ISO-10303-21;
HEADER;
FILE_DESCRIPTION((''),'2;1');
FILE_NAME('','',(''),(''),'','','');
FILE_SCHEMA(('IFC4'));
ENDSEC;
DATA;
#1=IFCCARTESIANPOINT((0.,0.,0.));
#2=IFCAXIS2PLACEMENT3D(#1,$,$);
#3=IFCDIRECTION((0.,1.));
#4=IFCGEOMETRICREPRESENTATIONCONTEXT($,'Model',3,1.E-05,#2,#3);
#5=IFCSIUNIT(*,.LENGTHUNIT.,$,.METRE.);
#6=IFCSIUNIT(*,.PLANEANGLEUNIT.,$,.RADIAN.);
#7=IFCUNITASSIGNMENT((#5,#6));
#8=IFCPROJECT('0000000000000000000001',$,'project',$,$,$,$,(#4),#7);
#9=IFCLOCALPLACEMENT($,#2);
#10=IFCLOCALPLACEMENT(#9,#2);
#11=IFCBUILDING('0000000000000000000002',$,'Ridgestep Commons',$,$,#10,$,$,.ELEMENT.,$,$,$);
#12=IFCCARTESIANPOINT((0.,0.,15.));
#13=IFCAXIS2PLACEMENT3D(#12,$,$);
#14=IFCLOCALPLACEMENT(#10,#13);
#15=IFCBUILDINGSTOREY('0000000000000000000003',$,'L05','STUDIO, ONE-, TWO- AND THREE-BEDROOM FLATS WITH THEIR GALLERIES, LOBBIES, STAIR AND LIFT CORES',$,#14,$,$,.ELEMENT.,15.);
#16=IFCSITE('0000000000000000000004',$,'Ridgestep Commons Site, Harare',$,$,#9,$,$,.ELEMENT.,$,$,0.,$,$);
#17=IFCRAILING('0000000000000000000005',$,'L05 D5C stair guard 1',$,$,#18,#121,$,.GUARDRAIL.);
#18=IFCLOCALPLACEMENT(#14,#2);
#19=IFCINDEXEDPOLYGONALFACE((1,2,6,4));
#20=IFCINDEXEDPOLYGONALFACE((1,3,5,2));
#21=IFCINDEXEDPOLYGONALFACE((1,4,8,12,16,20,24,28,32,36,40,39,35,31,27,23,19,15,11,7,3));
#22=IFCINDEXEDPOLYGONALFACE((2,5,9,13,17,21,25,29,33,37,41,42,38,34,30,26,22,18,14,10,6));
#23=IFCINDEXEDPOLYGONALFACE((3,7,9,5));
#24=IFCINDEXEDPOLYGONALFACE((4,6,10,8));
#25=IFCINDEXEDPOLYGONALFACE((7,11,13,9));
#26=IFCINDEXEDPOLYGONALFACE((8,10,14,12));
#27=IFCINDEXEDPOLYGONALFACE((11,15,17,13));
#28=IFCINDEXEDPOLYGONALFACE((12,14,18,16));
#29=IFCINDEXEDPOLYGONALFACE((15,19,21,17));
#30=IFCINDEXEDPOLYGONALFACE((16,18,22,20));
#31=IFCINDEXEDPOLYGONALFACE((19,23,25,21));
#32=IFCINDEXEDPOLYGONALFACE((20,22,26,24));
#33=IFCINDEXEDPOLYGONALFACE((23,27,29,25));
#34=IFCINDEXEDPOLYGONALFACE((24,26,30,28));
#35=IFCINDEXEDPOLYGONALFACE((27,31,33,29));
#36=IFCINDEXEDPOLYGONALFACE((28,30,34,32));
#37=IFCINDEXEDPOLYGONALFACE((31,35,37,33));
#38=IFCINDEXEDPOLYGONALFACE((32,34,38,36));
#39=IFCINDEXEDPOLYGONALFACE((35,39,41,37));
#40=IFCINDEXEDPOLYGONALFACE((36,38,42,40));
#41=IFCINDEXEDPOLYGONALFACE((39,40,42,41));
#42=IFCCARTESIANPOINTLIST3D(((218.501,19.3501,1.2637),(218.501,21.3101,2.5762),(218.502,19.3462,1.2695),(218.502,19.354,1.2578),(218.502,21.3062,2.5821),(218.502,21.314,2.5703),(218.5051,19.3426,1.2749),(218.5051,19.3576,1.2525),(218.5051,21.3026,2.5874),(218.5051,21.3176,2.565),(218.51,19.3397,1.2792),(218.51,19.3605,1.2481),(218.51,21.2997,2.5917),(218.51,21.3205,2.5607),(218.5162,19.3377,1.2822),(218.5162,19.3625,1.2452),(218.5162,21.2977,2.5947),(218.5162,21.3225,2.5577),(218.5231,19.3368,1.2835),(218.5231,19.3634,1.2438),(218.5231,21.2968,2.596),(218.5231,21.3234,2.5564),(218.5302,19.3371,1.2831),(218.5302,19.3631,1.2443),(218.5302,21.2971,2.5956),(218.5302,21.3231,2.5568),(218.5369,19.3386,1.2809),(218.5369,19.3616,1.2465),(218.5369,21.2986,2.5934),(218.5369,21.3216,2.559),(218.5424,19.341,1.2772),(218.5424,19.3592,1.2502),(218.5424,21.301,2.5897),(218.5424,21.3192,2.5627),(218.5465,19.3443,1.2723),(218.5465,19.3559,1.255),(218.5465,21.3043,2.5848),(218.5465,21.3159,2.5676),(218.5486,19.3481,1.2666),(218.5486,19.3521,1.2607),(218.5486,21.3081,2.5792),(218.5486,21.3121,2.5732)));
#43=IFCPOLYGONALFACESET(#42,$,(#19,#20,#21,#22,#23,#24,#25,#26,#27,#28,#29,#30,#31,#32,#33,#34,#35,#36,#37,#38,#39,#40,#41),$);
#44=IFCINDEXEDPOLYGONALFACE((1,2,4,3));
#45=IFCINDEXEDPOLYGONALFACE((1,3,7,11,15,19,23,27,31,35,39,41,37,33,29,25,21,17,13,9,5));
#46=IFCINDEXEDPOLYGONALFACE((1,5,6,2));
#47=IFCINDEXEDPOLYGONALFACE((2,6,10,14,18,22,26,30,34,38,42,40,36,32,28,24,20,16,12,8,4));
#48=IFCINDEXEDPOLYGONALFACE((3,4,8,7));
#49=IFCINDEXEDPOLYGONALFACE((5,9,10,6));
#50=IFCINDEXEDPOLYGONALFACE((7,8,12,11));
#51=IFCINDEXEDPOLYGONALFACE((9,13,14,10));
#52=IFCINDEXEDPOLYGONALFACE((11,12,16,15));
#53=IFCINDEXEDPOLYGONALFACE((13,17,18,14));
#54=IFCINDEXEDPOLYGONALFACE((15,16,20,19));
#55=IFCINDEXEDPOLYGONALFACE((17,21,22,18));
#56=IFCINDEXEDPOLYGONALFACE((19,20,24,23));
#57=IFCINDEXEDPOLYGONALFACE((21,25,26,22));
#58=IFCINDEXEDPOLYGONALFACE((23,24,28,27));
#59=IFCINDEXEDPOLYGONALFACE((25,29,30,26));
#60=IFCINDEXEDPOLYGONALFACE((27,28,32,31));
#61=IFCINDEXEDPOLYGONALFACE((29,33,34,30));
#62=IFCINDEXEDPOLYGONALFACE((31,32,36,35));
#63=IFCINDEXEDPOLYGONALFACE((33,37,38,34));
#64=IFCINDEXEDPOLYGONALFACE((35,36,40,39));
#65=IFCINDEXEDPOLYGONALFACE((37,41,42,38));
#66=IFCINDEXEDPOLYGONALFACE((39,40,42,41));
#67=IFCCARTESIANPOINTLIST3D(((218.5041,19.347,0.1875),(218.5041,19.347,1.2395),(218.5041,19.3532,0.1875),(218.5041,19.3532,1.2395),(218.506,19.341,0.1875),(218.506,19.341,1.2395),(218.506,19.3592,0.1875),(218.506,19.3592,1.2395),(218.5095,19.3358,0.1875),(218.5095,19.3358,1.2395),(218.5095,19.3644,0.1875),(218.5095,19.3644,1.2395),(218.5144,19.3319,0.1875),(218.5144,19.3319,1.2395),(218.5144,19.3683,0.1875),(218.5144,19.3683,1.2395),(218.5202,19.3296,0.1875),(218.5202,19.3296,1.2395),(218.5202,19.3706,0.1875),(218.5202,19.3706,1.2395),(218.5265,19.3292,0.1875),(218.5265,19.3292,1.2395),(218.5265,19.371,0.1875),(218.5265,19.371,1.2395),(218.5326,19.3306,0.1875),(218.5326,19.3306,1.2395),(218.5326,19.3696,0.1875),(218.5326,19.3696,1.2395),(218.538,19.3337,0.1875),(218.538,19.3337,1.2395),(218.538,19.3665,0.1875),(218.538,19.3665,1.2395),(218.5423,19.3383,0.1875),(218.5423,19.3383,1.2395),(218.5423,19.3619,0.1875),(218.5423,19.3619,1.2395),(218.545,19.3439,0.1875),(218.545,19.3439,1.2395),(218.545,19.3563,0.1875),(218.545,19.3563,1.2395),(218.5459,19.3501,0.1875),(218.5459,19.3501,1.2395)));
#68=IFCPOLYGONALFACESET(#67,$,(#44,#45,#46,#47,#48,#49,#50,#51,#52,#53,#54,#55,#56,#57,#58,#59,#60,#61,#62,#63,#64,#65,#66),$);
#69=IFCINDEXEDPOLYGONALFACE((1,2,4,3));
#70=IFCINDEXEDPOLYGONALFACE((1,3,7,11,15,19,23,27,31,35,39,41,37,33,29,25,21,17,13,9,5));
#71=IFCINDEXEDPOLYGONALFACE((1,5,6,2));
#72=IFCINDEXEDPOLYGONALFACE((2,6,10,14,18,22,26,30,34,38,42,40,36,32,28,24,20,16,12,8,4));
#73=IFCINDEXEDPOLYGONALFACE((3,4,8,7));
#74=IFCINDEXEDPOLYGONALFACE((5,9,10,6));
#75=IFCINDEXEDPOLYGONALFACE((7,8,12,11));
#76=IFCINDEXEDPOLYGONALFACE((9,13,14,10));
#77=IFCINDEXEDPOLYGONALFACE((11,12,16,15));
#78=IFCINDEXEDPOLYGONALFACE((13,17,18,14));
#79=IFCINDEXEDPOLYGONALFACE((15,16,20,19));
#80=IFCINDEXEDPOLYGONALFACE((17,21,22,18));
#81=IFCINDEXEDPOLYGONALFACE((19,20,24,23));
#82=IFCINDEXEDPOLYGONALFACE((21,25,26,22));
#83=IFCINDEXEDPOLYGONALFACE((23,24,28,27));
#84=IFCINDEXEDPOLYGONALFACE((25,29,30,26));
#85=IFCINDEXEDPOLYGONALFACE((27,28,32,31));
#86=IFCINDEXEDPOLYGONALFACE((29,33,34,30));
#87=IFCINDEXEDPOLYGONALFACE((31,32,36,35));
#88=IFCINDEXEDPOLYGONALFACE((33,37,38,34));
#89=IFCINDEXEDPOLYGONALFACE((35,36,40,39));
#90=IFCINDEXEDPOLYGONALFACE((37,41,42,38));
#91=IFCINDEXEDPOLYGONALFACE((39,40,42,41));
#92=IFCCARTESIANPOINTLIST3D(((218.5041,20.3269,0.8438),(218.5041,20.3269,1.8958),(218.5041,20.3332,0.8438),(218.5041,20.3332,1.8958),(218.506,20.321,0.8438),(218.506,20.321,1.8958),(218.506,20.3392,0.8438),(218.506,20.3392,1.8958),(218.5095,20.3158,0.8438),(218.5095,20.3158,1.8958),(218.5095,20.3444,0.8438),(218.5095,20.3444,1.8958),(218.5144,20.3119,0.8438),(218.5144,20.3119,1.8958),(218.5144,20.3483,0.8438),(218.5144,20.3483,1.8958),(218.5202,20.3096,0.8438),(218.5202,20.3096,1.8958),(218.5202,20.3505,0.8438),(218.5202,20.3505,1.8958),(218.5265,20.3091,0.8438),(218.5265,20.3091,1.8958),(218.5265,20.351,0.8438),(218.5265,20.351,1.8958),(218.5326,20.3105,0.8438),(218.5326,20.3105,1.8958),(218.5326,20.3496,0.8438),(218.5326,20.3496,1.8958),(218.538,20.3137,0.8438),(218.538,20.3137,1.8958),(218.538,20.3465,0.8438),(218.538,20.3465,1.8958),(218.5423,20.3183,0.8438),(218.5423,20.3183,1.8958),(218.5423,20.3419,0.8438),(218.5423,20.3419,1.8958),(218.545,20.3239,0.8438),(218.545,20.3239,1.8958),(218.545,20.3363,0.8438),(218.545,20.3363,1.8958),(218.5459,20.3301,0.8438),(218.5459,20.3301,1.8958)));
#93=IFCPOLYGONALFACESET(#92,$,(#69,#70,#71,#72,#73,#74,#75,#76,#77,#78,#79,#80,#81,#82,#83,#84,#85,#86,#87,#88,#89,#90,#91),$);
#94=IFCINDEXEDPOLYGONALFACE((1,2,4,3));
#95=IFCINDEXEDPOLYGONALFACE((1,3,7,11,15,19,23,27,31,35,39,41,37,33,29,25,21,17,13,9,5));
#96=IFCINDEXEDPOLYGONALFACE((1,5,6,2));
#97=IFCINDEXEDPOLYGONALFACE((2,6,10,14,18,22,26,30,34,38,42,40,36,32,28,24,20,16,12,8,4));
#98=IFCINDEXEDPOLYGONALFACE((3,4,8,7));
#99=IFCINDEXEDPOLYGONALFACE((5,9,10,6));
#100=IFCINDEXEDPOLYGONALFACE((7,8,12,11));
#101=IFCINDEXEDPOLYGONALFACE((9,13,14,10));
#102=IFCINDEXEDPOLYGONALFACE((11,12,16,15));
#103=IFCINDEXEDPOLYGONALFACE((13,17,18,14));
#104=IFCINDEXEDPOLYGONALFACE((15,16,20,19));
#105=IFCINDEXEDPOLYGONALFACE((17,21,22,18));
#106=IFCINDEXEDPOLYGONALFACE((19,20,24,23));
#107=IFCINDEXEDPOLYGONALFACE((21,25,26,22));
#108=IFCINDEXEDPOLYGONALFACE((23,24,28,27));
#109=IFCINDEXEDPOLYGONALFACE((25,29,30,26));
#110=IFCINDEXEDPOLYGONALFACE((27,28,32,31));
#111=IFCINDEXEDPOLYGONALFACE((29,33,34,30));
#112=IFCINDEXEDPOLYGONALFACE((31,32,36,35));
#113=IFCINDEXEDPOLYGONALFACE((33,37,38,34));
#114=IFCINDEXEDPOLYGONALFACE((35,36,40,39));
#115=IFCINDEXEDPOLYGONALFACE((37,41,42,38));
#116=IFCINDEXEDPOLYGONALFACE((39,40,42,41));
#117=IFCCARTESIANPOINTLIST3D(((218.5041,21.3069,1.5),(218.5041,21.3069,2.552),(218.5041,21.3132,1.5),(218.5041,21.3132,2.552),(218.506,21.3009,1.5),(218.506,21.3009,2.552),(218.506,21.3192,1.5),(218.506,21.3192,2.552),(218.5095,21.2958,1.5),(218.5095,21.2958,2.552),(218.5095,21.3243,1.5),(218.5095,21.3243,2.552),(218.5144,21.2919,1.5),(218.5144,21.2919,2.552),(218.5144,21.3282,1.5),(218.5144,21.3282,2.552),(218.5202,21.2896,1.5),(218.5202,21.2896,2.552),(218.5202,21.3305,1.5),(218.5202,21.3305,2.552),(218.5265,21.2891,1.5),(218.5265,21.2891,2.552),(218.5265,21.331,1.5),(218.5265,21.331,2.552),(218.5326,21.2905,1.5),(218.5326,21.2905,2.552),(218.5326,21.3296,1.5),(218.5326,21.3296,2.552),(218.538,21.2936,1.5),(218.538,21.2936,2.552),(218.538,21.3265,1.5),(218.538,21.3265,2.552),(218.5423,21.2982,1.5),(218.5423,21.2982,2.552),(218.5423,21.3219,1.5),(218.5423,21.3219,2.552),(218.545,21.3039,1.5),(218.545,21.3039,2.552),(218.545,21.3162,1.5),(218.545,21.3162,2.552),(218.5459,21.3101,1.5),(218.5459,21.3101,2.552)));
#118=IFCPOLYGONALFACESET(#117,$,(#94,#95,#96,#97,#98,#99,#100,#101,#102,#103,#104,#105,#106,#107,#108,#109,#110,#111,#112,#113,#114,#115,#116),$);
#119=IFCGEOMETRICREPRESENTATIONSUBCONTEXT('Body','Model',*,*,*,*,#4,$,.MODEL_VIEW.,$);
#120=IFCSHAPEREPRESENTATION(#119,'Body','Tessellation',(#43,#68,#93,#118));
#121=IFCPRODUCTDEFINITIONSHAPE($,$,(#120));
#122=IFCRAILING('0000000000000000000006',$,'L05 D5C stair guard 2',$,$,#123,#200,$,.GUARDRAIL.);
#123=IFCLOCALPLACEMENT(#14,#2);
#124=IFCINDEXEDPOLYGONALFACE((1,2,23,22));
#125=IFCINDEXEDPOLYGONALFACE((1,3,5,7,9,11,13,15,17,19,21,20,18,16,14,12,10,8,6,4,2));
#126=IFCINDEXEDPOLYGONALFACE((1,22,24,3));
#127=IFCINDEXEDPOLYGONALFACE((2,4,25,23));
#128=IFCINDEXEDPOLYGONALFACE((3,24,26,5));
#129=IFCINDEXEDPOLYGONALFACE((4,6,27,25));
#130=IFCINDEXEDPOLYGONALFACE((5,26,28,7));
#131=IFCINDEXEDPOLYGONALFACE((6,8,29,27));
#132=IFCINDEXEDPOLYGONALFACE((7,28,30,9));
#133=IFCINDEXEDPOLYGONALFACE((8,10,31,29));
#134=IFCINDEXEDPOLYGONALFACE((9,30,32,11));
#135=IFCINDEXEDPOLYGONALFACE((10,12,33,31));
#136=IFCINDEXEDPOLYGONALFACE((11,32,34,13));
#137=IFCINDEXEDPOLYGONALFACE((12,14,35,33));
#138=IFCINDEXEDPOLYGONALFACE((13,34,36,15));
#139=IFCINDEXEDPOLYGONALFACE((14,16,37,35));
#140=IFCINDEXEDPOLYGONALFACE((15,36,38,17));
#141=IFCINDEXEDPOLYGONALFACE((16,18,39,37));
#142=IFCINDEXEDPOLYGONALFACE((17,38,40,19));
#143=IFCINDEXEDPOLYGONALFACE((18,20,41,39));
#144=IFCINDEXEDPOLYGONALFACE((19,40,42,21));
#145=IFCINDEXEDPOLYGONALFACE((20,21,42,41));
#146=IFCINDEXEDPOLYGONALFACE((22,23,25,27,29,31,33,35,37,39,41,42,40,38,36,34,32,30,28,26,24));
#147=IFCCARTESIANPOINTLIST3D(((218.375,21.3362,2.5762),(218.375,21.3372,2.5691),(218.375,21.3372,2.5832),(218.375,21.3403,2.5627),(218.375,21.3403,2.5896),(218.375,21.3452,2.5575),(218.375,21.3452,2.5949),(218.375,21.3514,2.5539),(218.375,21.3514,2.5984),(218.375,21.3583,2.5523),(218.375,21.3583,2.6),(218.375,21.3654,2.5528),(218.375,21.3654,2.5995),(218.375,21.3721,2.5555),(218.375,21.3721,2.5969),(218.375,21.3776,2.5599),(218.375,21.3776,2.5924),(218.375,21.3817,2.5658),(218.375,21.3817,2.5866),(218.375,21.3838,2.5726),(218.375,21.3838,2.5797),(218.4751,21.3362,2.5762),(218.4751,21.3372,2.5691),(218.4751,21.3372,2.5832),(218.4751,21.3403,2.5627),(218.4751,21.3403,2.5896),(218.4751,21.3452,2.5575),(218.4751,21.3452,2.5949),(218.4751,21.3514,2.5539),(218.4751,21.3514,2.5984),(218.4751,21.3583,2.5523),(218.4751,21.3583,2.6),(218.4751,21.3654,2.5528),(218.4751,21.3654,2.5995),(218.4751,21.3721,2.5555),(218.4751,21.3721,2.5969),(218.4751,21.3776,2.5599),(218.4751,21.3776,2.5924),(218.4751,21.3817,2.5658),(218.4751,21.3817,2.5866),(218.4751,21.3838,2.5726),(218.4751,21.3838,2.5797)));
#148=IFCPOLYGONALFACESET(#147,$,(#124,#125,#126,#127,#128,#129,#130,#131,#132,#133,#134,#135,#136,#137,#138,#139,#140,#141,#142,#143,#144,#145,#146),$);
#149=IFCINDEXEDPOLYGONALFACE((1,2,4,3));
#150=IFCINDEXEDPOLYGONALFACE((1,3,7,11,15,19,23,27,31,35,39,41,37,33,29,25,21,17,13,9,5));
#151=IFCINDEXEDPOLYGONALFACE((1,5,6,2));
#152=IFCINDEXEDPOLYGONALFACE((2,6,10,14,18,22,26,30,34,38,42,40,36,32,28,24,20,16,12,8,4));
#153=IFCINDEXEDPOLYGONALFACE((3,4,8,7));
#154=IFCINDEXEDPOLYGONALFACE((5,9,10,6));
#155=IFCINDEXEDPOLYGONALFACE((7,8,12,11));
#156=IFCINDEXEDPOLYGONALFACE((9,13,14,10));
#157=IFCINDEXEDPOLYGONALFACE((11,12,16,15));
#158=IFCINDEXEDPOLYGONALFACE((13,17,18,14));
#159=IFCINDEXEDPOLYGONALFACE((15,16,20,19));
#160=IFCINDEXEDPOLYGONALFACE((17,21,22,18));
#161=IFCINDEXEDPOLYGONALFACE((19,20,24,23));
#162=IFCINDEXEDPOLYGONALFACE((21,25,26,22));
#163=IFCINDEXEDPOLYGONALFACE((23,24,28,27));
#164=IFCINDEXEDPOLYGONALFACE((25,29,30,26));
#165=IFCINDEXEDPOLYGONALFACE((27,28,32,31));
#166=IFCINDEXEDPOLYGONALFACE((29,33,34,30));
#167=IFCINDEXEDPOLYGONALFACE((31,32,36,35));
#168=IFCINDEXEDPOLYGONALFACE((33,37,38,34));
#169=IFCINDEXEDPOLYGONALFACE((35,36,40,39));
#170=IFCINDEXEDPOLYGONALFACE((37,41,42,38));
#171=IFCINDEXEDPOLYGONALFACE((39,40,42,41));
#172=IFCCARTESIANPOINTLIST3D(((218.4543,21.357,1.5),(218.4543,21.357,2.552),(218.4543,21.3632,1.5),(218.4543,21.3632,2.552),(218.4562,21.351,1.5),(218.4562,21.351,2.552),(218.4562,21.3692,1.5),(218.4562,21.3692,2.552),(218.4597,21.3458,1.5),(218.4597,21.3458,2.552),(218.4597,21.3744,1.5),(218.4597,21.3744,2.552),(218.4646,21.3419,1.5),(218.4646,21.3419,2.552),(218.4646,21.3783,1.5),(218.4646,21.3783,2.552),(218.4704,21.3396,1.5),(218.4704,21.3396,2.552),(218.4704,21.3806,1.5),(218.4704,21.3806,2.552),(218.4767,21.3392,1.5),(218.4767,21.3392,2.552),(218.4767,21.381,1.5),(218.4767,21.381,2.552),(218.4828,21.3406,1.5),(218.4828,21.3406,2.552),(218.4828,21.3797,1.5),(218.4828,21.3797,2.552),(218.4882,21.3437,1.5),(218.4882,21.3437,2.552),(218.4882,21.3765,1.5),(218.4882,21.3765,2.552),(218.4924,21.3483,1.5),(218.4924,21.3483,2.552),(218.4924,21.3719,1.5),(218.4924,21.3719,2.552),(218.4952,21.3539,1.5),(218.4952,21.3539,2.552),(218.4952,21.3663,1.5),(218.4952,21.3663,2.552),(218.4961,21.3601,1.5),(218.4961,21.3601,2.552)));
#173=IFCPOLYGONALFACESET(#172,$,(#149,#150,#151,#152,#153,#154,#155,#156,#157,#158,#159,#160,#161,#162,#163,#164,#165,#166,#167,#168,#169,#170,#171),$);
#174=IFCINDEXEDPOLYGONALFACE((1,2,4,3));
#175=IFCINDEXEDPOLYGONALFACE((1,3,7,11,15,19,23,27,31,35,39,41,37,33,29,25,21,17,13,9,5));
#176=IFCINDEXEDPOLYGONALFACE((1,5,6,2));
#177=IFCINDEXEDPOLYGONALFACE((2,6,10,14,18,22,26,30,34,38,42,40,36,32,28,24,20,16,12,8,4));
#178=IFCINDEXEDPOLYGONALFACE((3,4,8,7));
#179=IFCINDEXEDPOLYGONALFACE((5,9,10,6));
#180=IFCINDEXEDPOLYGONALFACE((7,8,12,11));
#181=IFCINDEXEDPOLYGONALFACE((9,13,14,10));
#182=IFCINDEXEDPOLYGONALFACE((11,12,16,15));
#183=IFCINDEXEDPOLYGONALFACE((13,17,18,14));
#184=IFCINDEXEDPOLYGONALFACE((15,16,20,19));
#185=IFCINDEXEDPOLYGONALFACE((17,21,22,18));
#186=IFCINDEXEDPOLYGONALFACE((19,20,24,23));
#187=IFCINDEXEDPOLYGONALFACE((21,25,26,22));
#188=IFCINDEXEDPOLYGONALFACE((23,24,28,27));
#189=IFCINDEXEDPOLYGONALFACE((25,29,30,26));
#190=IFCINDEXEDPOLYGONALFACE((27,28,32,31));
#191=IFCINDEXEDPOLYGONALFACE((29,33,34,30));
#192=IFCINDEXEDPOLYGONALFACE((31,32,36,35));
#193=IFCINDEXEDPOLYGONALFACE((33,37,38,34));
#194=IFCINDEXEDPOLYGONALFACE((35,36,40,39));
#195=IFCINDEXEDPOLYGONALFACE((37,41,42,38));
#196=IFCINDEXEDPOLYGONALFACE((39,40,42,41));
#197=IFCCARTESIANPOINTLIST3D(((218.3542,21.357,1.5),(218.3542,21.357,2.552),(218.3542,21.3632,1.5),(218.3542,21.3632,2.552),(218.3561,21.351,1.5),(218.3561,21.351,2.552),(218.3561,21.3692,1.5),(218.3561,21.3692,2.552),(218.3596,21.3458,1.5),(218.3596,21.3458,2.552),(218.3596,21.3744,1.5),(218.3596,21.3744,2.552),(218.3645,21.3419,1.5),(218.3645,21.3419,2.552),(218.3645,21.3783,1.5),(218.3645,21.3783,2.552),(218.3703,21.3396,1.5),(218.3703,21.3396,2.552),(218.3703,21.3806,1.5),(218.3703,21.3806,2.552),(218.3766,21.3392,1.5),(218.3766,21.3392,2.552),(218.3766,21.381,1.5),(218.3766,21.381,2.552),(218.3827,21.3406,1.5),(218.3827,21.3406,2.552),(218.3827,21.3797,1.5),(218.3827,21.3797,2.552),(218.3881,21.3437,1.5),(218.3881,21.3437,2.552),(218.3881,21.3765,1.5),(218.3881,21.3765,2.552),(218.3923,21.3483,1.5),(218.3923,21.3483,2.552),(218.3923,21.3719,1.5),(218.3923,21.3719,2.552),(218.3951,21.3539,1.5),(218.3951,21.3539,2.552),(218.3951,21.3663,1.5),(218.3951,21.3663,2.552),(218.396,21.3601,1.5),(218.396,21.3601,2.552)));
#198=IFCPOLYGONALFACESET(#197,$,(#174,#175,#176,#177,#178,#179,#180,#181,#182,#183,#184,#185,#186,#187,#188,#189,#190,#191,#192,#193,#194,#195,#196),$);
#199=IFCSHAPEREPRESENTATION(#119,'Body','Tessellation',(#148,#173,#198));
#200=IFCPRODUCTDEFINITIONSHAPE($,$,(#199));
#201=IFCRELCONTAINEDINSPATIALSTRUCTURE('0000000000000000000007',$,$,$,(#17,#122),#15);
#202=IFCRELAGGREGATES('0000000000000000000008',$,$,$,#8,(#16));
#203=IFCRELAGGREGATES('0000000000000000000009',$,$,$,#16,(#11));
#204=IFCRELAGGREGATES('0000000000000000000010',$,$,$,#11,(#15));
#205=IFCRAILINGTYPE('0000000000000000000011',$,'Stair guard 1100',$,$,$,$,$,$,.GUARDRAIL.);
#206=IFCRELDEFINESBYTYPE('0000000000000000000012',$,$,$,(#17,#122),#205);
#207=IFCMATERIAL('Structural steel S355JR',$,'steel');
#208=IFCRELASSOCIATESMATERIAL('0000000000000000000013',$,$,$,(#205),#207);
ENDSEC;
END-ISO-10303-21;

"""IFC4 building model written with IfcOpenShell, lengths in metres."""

from ifc_helpers import new_model, si_unit, direction, frame, origin, origin_2d, place, context, subcontext, project, spatial, circle, extrude, material, type_object, element, save


model = new_model("IFC4")

# Units and contexts
model_context = context("Model", 3, precision=1e-05, world=origin(), true_north=direction((0.0, 1.0)))
body_context = subcontext(model_context, "Body", "Model", "MODEL_VIEW")
ifc_project = project(units=[si_unit("LENGTHUNIT", "METRE"), si_unit("PLANEANGLEUNIT", "RADIAN")], contexts=[model_context])

# Site, building, storey
site_placement = place(None, origin())
site = spatial("IfcSite", under=ifc_project, at=site_placement, Name="Ridgestep Commons Site, Harare", CompositionType="ELEMENT", RefElevation=0.0)
building_placement = place(site_placement, origin())
building = spatial("IfcBuilding", under=site, at=building_placement, Name="Ridgestep Commons", CompositionType="ELEMENT")
storey_placement = place(building_placement, frame((0.0, 0.0, 15.0)))
storey = spatial("IfcBuildingStorey", under=building, at=storey_placement, Name="L05", Description="STUDIO, ONE-, TWO- AND THREE-BEDROOM FLATS WITH THEIR GALLERIES, LOBBIES, STAIR AND LIFT CORES", CompositionType="ELEMENT", Elevation=15.0)

# Railings
ifc_material_1 = material(Name="Structural steel S355JR", Category="steel")
railing_type_1 = type_object("IfcRailingType", Name="Stair guard 1100", PredefinedType="GUARDRAIL", material=ifc_material_1)
railing_1_placement = place(storey_placement, frame((218.5249, 19.3501, 0.1875)))
element("IfcRailing", 1, at=railing_1_placement, inside=storey, type_object=railing_type_1, Name="L05 D5C stair guard 1", PredefinedType="GUARDRAIL", context=body_context, shape_type="SweptSolid", body=[
    extrude(circle(Radius=0.0239, at=origin_2d()), frame((0.0, 0.0, 1.0762), z_axis=(0.0, 0.830902, 0.556419), x_axis=(-1.0, 0.0, 0.0)), (0.0, 0.0, 1.0), 2.3589),
    extrude(circle(Radius=0.021, at=origin_2d()), origin(), (0.0, 0.0, 1.0), 1.052),
    extrude(circle(Radius=0.021, at=origin_2d()), frame((0.0, 0.98, 0.6562)), (0.0, 0.0, 1.0), 1.052),
    extrude(circle(Radius=0.021, at=origin_2d()), frame((0.0, 1.96, 1.3125)), (0.0, 0.0, 1.0), 1.052),
])
railing_2_placement = place(storey_placement, frame((218.4751, 21.3601, 1.5)))
element("IfcRailing", 2, at=railing_2_placement, inside=storey, type_object=railing_type_1, Name="L05 D5C stair guard 2", PredefinedType="GUARDRAIL", context=body_context, shape_type="SweptSolid", body=[
    extrude(circle(Radius=0.0239, at=origin_2d()), frame((0.0, 0.0, 1.0762), z_axis=(-1.0, 0.0, 0.0), x_axis=(0.0, -1.0, 0.0)), (0.0, 0.0, 1.0), 0.1001),
    extrude(circle(Radius=0.021, at=origin_2d()), origin(), (0.0, 0.0, 1.0), 1.052),
    extrude(circle(Radius=0.021, at=origin_2d()), frame((-0.1001, 0.0, 0.0)), (0.0, 0.0, 1.0), 1.052),
])

save(model, "model.ifc")
